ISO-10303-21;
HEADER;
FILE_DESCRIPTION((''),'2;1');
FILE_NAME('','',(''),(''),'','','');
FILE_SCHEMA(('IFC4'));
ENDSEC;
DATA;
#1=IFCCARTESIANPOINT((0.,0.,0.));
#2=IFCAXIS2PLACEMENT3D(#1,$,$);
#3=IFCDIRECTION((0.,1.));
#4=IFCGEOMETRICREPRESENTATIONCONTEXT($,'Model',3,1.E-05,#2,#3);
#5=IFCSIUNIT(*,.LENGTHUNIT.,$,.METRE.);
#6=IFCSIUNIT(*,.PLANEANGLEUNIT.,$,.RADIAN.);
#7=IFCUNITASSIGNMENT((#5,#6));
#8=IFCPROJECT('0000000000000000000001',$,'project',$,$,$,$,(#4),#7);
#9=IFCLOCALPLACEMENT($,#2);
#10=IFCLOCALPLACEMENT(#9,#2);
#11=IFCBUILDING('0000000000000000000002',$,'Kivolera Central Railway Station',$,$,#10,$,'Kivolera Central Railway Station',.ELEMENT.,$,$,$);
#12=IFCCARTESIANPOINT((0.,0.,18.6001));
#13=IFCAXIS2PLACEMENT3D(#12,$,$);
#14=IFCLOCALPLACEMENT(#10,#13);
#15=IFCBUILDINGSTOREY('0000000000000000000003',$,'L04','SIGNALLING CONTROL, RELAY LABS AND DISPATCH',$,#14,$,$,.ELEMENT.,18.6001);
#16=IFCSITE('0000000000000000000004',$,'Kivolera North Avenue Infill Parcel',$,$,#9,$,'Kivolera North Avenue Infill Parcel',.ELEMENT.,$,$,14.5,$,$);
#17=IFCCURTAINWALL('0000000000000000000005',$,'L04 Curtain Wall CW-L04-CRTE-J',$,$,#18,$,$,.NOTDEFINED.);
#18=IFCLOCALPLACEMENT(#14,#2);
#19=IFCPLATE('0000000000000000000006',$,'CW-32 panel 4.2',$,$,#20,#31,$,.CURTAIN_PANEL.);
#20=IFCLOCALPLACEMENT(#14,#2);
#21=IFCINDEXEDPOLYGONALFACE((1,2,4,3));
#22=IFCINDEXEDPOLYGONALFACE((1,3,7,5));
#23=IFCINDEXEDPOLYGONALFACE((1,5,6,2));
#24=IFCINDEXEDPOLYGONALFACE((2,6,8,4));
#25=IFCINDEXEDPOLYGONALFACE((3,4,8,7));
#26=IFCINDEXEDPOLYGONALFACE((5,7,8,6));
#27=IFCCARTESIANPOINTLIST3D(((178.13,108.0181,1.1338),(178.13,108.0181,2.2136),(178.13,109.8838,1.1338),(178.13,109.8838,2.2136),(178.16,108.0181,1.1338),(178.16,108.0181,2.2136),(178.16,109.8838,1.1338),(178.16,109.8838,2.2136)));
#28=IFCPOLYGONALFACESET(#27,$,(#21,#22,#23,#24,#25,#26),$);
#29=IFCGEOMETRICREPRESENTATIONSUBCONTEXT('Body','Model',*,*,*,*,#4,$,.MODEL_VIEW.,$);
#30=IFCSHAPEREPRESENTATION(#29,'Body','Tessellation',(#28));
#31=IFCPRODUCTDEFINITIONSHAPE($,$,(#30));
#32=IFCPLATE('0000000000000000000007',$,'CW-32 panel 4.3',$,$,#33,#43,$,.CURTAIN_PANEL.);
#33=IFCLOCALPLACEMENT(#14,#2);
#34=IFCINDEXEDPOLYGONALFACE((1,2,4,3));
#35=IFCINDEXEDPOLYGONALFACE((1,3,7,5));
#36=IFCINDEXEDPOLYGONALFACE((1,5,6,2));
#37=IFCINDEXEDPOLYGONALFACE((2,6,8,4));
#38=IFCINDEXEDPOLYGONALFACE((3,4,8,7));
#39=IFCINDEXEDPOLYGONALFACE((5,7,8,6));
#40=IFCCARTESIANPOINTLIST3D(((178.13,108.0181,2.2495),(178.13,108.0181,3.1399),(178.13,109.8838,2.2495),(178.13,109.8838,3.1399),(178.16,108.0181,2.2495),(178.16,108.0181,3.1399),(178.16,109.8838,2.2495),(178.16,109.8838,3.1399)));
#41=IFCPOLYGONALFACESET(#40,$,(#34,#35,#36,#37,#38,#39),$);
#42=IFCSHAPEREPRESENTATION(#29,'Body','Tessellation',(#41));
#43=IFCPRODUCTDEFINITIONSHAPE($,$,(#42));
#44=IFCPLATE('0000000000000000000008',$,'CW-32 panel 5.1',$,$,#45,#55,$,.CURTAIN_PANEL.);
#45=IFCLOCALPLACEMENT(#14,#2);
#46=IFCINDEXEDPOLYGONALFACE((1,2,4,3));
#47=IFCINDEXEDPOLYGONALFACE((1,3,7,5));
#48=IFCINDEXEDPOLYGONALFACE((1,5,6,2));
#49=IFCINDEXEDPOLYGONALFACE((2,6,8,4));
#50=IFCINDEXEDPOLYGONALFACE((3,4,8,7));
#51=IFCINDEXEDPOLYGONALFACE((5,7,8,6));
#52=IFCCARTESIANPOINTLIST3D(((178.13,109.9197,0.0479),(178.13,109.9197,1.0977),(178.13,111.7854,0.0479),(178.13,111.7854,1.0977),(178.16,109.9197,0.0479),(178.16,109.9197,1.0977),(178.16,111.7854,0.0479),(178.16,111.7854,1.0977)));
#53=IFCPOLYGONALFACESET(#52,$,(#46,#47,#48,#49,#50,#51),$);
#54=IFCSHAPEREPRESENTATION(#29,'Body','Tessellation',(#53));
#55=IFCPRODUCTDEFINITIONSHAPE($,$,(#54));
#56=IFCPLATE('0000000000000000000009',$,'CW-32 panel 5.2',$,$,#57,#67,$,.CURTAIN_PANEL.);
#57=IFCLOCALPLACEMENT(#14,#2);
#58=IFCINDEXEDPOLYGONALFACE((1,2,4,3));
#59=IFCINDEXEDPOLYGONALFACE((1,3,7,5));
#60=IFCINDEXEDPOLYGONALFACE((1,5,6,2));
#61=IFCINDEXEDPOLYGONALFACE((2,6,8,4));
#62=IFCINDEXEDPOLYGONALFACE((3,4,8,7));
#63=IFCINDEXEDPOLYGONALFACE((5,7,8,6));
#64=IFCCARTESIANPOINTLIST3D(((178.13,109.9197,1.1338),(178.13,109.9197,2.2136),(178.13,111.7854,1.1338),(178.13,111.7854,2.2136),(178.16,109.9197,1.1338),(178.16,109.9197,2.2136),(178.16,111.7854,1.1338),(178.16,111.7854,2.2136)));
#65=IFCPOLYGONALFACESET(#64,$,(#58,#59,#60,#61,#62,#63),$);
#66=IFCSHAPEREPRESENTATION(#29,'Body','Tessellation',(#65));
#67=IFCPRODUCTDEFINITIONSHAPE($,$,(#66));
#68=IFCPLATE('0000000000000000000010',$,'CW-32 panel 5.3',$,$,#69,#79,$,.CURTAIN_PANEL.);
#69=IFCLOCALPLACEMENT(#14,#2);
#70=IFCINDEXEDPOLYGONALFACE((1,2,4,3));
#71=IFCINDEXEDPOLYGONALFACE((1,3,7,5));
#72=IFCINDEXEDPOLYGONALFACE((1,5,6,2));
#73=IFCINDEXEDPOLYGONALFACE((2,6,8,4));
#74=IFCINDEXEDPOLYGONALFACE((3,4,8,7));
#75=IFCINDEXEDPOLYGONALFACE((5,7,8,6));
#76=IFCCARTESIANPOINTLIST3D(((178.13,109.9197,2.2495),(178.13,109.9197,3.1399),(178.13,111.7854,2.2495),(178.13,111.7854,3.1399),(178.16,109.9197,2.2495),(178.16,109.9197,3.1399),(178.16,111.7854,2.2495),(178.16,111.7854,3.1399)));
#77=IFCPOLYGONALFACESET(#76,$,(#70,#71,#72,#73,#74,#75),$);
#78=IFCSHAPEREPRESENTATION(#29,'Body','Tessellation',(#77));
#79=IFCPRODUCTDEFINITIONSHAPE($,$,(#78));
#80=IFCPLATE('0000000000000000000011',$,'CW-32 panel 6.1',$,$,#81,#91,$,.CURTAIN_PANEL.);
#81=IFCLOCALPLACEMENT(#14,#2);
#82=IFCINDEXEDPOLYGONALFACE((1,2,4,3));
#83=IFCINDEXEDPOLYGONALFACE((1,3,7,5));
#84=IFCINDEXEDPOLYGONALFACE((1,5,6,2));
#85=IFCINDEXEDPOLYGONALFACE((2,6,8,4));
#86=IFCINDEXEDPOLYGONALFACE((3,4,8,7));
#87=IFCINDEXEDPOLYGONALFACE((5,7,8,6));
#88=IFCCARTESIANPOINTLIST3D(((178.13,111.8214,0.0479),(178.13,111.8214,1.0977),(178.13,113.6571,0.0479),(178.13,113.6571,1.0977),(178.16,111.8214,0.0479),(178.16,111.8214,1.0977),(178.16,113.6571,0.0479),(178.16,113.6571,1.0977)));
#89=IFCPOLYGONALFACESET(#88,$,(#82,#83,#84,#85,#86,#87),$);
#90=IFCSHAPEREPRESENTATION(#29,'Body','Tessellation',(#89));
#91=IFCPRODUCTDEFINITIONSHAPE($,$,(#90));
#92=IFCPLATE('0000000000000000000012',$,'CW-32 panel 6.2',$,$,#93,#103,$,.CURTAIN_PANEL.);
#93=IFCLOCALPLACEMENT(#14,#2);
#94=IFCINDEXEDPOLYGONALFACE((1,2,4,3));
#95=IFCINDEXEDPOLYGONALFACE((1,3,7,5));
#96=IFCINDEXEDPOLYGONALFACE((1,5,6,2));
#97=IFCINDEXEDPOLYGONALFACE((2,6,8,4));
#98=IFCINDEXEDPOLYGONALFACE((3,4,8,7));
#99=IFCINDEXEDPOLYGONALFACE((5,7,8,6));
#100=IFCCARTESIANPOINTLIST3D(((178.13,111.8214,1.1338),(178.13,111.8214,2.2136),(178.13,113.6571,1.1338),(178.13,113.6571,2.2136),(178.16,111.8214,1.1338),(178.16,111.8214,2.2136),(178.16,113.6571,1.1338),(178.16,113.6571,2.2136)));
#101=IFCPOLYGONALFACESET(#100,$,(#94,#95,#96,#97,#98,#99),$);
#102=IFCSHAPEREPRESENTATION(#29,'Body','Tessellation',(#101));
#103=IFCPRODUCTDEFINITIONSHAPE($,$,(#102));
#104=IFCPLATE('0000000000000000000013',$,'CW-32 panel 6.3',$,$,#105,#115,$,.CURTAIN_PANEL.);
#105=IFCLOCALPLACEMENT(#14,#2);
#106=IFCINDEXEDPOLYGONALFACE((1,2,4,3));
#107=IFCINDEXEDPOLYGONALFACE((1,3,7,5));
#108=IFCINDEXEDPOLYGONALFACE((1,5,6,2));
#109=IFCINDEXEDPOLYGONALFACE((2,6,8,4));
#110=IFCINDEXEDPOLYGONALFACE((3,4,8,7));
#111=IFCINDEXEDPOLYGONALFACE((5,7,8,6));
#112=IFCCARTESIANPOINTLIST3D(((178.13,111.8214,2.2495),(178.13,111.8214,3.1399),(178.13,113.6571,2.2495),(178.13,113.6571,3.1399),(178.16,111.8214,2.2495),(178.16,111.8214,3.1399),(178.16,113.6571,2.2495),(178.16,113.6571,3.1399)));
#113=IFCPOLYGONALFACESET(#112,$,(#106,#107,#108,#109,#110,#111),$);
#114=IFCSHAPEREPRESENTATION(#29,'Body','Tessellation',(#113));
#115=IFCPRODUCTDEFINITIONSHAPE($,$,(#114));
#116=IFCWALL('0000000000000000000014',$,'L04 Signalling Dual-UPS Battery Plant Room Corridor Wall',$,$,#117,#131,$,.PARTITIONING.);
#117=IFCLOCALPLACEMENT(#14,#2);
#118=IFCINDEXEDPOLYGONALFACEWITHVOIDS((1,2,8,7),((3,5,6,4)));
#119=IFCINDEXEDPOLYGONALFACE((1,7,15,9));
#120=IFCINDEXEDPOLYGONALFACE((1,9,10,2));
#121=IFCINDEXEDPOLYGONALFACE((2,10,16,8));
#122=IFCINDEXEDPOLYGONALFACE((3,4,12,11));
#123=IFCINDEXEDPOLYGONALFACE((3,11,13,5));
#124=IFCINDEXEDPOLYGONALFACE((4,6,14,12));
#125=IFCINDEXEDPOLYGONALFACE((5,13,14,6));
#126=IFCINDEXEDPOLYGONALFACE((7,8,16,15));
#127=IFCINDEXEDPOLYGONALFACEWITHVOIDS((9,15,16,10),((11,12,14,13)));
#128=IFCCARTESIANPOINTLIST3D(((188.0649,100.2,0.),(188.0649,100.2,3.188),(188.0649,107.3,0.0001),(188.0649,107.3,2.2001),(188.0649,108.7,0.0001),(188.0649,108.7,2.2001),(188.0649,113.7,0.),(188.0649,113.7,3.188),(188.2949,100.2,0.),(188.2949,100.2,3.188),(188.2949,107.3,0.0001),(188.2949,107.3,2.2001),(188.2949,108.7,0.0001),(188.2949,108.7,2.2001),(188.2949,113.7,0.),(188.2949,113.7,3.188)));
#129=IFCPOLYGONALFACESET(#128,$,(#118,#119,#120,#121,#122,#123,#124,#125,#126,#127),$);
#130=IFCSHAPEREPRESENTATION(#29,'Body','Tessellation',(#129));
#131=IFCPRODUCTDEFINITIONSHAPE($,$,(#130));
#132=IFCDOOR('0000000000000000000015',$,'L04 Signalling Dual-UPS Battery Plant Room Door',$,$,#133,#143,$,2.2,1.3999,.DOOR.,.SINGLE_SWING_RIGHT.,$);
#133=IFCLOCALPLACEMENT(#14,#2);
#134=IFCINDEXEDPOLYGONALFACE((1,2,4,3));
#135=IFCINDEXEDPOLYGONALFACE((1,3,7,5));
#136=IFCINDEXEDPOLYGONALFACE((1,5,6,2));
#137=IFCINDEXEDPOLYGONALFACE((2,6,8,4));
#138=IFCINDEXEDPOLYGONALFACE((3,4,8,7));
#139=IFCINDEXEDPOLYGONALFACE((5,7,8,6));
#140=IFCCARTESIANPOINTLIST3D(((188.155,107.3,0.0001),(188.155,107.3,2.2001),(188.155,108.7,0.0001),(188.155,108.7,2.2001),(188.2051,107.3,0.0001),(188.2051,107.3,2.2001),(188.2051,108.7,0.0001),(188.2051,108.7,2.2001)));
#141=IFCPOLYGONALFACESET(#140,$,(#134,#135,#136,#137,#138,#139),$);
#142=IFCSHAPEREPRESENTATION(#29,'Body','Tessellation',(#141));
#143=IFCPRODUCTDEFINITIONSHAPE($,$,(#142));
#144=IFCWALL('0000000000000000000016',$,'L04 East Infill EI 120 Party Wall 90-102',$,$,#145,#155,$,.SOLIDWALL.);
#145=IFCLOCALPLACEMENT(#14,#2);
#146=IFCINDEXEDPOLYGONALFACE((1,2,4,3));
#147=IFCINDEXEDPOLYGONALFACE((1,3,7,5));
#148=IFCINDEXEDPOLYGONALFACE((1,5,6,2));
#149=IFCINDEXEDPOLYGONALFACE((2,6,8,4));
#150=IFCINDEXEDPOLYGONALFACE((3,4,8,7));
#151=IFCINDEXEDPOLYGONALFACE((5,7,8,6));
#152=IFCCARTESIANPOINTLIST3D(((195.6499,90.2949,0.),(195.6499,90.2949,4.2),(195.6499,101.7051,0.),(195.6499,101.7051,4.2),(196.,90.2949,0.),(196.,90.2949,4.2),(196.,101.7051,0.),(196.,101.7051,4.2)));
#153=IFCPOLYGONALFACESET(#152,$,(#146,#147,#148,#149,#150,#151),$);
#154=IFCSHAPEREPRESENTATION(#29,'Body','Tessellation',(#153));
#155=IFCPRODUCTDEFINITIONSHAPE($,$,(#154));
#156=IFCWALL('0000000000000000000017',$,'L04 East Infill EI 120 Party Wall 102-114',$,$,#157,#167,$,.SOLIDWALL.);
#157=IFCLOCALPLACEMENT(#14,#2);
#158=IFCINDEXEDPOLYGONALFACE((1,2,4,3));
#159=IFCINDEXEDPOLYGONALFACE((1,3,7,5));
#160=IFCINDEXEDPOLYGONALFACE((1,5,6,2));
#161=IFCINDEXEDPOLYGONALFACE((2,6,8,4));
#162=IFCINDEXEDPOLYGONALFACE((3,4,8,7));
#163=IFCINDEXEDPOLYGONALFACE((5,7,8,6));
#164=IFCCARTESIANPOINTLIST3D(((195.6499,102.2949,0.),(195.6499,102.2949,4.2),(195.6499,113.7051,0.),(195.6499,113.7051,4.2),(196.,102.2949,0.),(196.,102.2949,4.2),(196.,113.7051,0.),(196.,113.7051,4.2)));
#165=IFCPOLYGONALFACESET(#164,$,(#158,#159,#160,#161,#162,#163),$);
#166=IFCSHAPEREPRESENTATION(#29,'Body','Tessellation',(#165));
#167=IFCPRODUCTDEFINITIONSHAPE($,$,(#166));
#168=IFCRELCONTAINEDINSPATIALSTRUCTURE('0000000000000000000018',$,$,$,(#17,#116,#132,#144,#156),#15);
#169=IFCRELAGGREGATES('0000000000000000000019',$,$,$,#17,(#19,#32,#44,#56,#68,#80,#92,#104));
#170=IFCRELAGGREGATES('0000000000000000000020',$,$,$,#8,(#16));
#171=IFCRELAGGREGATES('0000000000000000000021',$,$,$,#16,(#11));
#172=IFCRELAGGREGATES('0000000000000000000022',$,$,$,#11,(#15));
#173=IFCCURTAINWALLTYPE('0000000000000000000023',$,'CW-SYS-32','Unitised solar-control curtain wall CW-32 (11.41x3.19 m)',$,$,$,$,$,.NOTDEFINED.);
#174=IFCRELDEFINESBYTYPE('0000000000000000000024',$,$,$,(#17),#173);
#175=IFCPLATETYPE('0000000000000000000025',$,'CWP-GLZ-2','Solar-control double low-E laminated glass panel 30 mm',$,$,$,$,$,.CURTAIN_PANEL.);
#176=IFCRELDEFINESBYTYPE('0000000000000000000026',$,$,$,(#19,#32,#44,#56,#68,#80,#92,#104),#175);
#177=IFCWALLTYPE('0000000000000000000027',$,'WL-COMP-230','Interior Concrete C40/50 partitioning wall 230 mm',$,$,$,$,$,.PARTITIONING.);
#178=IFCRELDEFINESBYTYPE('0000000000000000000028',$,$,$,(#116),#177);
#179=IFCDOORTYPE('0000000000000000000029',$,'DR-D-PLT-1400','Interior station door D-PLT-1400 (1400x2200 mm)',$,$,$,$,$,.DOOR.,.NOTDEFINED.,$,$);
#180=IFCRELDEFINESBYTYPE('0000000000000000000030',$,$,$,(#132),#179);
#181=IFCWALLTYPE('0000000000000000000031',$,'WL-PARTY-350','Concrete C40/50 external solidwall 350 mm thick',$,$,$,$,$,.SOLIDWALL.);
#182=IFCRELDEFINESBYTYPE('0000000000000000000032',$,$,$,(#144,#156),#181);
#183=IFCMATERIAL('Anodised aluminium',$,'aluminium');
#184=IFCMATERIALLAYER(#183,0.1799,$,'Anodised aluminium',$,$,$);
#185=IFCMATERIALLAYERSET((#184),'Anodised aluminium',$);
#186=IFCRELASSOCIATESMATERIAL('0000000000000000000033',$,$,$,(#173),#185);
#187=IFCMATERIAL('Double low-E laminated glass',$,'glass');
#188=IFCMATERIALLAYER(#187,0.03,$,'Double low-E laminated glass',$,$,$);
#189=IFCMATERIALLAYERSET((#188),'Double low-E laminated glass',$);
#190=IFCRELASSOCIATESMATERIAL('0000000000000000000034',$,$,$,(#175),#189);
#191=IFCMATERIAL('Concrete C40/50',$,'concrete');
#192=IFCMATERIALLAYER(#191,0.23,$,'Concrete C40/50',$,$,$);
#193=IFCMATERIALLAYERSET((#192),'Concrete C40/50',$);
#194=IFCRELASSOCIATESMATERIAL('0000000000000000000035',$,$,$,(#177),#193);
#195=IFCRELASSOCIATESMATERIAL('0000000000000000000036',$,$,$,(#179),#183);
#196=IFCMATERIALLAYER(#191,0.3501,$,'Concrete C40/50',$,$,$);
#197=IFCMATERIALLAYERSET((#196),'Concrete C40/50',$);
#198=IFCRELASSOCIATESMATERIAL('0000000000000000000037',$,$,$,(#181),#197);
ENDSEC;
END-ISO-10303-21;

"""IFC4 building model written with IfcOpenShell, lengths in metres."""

from ifc_helpers import new_model, si_unit, direction, frame, frame_2d, origin, origin_2d, place, context, subcontext, project, spatial, rectangle, extrude, material, layer, layer_set, type_object, element, fill, aggregate, save


model = new_model("IFC4")

# Units and contexts
model_context = context("Model", 3, precision=1e-05, world=origin(), true_north=direction((0.0, 1.0)))
body_context = subcontext(model_context, "Body", "Model", "MODEL_VIEW")
ifc_project = project(units=[si_unit("LENGTHUNIT", "METRE"), si_unit("PLANEANGLEUNIT", "RADIAN")], contexts=[model_context])

# Site, building, storey
site_placement = place(None, origin())
site = spatial("IfcSite", under=ifc_project, at=site_placement, Name="Kivolera North Avenue Infill Parcel", LongName="Kivolera North Avenue Infill Parcel", CompositionType="ELEMENT", RefElevation=14.5)
building_placement = place(site_placement, origin())
building = spatial("IfcBuilding", under=site, at=building_placement, Name="Kivolera Central Railway Station", LongName="Kivolera Central Railway Station", CompositionType="ELEMENT")
storey_placement = place(building_placement, frame((0.0, 0.0, 18.6001)))
storey = spatial("IfcBuildingStorey", under=building, at=storey_placement, Name="L04", Description="SIGNALLING CONTROL, RELAY LABS AND DISPATCH", CompositionType="ELEMENT", Elevation=18.6001)

# Shared definitions
ifc_material_1 = material(Name="Concrete C40/50", Category="concrete")

# Curtain wall, plates
ifc_material_2 = material(Name="Anodised aluminium", Category="aluminium")
ifc_layer_1 = layer(ifc_material_2, 0.1799, Name="Anodised aluminium")
ifc_layer_set_1 = layer_set([ifc_layer_1], Name="Anodised aluminium")
curtain_wall_type = type_object("IfcCurtainWallType", Name="CW-SYS-32", Description="Unitised solar-control curtain wall CW-32 (11.41x3.19 m)", PredefinedType="NOTDEFINED", material=ifc_layer_set_1)
curtain_wall_placement = place(storey_placement, origin())
curtain_wall = element("IfcCurtainWall", 1, at=curtain_wall_placement, inside=storey, type_object=curtain_wall_type, Name="L04 Curtain Wall CW-L04-CRTE-J", PredefinedType="NOTDEFINED")
ifc_material_3 = material(Name="Double low-E laminated glass", Category="glass")
ifc_layer_2 = layer(ifc_material_3, 0.03, Name="Double low-E laminated glass")
ifc_layer_set_2 = layer_set([ifc_layer_2], Name="Double low-E laminated glass")
plate_type = type_object("IfcPlateType", Name="CWP-GLZ-2", Description="Solar-control double low-E laminated glass panel 30 mm", PredefinedType="CURTAIN_PANEL", material=ifc_layer_set_2)
plate_1_placement = place(storey_placement, frame((178.145, 108.9509, 1.1338), z_axis=(0.0, 0.0, 1.0), x_axis=(0.0, 1.0, 0.0)))
plate_1 = element("IfcPlate", 2, at=plate_1_placement, type_object=plate_type, Name="CW-32 panel 4.2", PredefinedType="CURTAIN_PANEL", context=body_context, shape_type="SweptSolid", body=[
    extrude(rectangle(XDim=1.8657, YDim=0.03, at=origin_2d()), origin(), (0.0, 0.0, 1.0), 1.0798),
])
plate_2_placement = place(storey_placement, frame((178.145, 108.9509, 2.2495), z_axis=(0.0, 0.0, 1.0), x_axis=(0.0, 1.0, 0.0)))
plate_2 = element("IfcPlate", 3, at=plate_2_placement, type_object=plate_type, Name="CW-32 panel 4.3", PredefinedType="CURTAIN_PANEL", context=body_context, shape_type="SweptSolid", body=[
    extrude(rectangle(XDim=1.8657, YDim=0.03, at=origin_2d()), origin(), (0.0, 0.0, 1.0), 0.8904),
])
plate_3_placement = place(storey_placement, frame((178.145, 110.8525, 0.0479), z_axis=(0.0, 0.0, 1.0), x_axis=(0.0, 1.0, 0.0)))
plate_3 = element("IfcPlate", 4, at=plate_3_placement, type_object=plate_type, Name="CW-32 panel 5.1", PredefinedType="CURTAIN_PANEL", context=body_context, shape_type="SweptSolid", body=[
    extrude(rectangle(XDim=1.8657, YDim=0.03, at=origin_2d()), origin(), (0.0, 0.0, 1.0), 1.0498),
])
plate_4_placement = place(storey_placement, frame((178.145, 110.8525, 1.1338), z_axis=(0.0, 0.0, 1.0), x_axis=(0.0, 1.0, 0.0)))
plate_4 = element("IfcPlate", 5, at=plate_4_placement, type_object=plate_type, Name="CW-32 panel 5.2", PredefinedType="CURTAIN_PANEL", context=body_context, shape_type="SweptSolid", body=[
    extrude(rectangle(XDim=1.8657, YDim=0.03, at=origin_2d()), origin(), (0.0, 0.0, 1.0), 1.0798),
])
plate_5_placement = place(storey_placement, frame((178.145, 110.8525, 2.2495), z_axis=(0.0, 0.0, 1.0), x_axis=(0.0, 1.0, 0.0)))
plate_5 = element("IfcPlate", 6, at=plate_5_placement, type_object=plate_type, Name="CW-32 panel 5.3", PredefinedType="CURTAIN_PANEL", context=body_context, shape_type="SweptSolid", body=[
    extrude(rectangle(XDim=1.8657, YDim=0.03, at=origin_2d()), origin(), (0.0, 0.0, 1.0), 0.8904),
])
plate_6_placement = place(storey_placement, frame((178.145, 112.7393, 0.0479), z_axis=(0.0, 0.0, 1.0), x_axis=(0.0, 1.0, 0.0)))
plate_6 = element("IfcPlate", 7, at=plate_6_placement, type_object=plate_type, Name="CW-32 panel 6.1", PredefinedType="CURTAIN_PANEL", context=body_context, shape_type="SweptSolid", body=[
    extrude(rectangle(XDim=1.8357, YDim=0.03, at=origin_2d()), origin(), (0.0, 0.0, 1.0), 1.0498),
])
plate_7_placement = place(storey_placement, frame((178.145, 112.7393, 1.1338), z_axis=(0.0, 0.0, 1.0), x_axis=(0.0, 1.0, 0.0)))
plate_7 = element("IfcPlate", 8, at=plate_7_placement, type_object=plate_type, Name="CW-32 panel 6.2", PredefinedType="CURTAIN_PANEL", context=body_context, shape_type="SweptSolid", body=[
    extrude(rectangle(XDim=1.8357, YDim=0.03, at=origin_2d()), origin(), (0.0, 0.0, 1.0), 1.0798),
])
plate_8_placement = place(storey_placement, frame((178.145, 112.7393, 2.2495), z_axis=(0.0, 0.0, 1.0), x_axis=(0.0, 1.0, 0.0)))
plate_8 = element("IfcPlate", 9, at=plate_8_placement, type_object=plate_type, Name="CW-32 panel 6.3", PredefinedType="CURTAIN_PANEL", context=body_context, shape_type="SweptSolid", body=[
    extrude(rectangle(XDim=1.8357, YDim=0.03, at=origin_2d()), origin(), (0.0, 0.0, 1.0), 0.8904),
])
aggregate(curtain_wall, [plate_1, plate_2, plate_3, plate_4, plate_5, plate_6, plate_7, plate_8])

# Wall, opening, door
ifc_layer_3 = layer(ifc_material_1, 0.23, Name="Concrete C40/50")
ifc_layer_set_3 = layer_set([ifc_layer_3], Name="Concrete C40/50")
wall_type_1 = type_object("IfcWallType", Name="WL-COMP-230", Description="Interior Concrete C40/50 partitioning wall 230 mm", PredefinedType="PARTITIONING", material=ifc_layer_set_3)
wall_placement = place(storey_placement, frame((188.1799, 100.2, 0.0), z_axis=(0.0, 0.0, 1.0), x_axis=(0.0, 1.0, 0.0)))
wall = element("IfcWall", 10, at=wall_placement, inside=storey, type_object=wall_type_1, Name="L04 Signalling Dual-UPS Battery Plant Room Corridor Wall", PredefinedType="PARTITIONING", context=body_context, shape_type="SweptSolid", body=[
    extrude(rectangle(XDim=13.5, YDim=0.23, at=frame_2d((6.75, 0.0))), origin(), (0.0, 0.0, 1.0), 3.188),
])
opening_placement = place(wall_placement, frame((7.1001, 0.0, 0.0)))
opening = element("IfcOpeningElement", 11, at=opening_placement, cuts=wall, PredefinedType="OPENING", context=body_context, shape_type="SweptSolid", body=[
    extrude(rectangle(XDim=1.3999, YDim=2.2, at=frame_2d((0.7, 1.1001))), frame((0.0, 0.125, 0.0), z_axis=(0.0, -1.0, 0.0), x_axis=(1.0, 0.0, 0.0)), (0.0, 0.0, 1.0), 0.25),
])
door_type = type_object("IfcDoorType", Name="DR-D-PLT-1400", Description="Interior station door D-PLT-1400 (1400x2200 mm)", OperationType="NOTDEFINED", PredefinedType="DOOR", material=ifc_material_2)
door_placement = place(opening_placement, origin())
door = element("IfcDoor", 12, at=door_placement, inside=storey, type_object=door_type, Name="L04 Signalling Dual-UPS Battery Plant Room Door", OperationType="SINGLE_SWING_RIGHT", OverallHeight=2.2, OverallWidth=1.3999, PredefinedType="DOOR", context=body_context, shape_type="SweptSolid", body=[
    extrude(rectangle(XDim=1.3999, YDim=2.2, at=frame_2d((0.7, 1.1001))), frame((0.0, 0.0249, 0.0), z_axis=(0.0, -1.0, 0.0), x_axis=(1.0, 0.0, 0.0)), (0.0, 0.0, 1.0), 0.05),
])
fill(opening, door)

# Walls
ifc_layer_4 = layer(ifc_material_1, 0.3501, Name="Concrete C40/50")
ifc_layer_set_4 = layer_set([ifc_layer_4], Name="Concrete C40/50")
wall_type_2 = type_object("IfcWallType", Name="WL-PARTY-350", Description="Concrete C40/50 external solidwall 350 mm thick", PredefinedType="SOLIDWALL", material=ifc_layer_set_4)
for number, where, z_axis, x_axis, name in (
    (13, (195.825, 101.7051, 0.0), (0.0, 0.0, 1.0), (0.0, -1.0, 0.0), "L04 East Infill EI 120 Party Wall 90-102"),
    (14, (195.825, 113.7051, 0.0), (0.0, 0.0, 1.0), (0.0, -1.0, 0.0), "L04 East Infill EI 120 Party Wall 102-114"),
):
    element("IfcWall", number, at=place(storey_placement, frame(where, z_axis=z_axis, x_axis=x_axis)), inside=storey, type_object=wall_type_2, Name=name, PredefinedType="SOLIDWALL", context=body_context, shape_type="SweptSolid", body=[
        extrude(rectangle(XDim=11.4102, YDim=0.3501, at=frame_2d((5.7051, 0.0))), origin(), (0.0, 0.0, 1.0), 4.2),
    ])

save(model, "model.ifc")
